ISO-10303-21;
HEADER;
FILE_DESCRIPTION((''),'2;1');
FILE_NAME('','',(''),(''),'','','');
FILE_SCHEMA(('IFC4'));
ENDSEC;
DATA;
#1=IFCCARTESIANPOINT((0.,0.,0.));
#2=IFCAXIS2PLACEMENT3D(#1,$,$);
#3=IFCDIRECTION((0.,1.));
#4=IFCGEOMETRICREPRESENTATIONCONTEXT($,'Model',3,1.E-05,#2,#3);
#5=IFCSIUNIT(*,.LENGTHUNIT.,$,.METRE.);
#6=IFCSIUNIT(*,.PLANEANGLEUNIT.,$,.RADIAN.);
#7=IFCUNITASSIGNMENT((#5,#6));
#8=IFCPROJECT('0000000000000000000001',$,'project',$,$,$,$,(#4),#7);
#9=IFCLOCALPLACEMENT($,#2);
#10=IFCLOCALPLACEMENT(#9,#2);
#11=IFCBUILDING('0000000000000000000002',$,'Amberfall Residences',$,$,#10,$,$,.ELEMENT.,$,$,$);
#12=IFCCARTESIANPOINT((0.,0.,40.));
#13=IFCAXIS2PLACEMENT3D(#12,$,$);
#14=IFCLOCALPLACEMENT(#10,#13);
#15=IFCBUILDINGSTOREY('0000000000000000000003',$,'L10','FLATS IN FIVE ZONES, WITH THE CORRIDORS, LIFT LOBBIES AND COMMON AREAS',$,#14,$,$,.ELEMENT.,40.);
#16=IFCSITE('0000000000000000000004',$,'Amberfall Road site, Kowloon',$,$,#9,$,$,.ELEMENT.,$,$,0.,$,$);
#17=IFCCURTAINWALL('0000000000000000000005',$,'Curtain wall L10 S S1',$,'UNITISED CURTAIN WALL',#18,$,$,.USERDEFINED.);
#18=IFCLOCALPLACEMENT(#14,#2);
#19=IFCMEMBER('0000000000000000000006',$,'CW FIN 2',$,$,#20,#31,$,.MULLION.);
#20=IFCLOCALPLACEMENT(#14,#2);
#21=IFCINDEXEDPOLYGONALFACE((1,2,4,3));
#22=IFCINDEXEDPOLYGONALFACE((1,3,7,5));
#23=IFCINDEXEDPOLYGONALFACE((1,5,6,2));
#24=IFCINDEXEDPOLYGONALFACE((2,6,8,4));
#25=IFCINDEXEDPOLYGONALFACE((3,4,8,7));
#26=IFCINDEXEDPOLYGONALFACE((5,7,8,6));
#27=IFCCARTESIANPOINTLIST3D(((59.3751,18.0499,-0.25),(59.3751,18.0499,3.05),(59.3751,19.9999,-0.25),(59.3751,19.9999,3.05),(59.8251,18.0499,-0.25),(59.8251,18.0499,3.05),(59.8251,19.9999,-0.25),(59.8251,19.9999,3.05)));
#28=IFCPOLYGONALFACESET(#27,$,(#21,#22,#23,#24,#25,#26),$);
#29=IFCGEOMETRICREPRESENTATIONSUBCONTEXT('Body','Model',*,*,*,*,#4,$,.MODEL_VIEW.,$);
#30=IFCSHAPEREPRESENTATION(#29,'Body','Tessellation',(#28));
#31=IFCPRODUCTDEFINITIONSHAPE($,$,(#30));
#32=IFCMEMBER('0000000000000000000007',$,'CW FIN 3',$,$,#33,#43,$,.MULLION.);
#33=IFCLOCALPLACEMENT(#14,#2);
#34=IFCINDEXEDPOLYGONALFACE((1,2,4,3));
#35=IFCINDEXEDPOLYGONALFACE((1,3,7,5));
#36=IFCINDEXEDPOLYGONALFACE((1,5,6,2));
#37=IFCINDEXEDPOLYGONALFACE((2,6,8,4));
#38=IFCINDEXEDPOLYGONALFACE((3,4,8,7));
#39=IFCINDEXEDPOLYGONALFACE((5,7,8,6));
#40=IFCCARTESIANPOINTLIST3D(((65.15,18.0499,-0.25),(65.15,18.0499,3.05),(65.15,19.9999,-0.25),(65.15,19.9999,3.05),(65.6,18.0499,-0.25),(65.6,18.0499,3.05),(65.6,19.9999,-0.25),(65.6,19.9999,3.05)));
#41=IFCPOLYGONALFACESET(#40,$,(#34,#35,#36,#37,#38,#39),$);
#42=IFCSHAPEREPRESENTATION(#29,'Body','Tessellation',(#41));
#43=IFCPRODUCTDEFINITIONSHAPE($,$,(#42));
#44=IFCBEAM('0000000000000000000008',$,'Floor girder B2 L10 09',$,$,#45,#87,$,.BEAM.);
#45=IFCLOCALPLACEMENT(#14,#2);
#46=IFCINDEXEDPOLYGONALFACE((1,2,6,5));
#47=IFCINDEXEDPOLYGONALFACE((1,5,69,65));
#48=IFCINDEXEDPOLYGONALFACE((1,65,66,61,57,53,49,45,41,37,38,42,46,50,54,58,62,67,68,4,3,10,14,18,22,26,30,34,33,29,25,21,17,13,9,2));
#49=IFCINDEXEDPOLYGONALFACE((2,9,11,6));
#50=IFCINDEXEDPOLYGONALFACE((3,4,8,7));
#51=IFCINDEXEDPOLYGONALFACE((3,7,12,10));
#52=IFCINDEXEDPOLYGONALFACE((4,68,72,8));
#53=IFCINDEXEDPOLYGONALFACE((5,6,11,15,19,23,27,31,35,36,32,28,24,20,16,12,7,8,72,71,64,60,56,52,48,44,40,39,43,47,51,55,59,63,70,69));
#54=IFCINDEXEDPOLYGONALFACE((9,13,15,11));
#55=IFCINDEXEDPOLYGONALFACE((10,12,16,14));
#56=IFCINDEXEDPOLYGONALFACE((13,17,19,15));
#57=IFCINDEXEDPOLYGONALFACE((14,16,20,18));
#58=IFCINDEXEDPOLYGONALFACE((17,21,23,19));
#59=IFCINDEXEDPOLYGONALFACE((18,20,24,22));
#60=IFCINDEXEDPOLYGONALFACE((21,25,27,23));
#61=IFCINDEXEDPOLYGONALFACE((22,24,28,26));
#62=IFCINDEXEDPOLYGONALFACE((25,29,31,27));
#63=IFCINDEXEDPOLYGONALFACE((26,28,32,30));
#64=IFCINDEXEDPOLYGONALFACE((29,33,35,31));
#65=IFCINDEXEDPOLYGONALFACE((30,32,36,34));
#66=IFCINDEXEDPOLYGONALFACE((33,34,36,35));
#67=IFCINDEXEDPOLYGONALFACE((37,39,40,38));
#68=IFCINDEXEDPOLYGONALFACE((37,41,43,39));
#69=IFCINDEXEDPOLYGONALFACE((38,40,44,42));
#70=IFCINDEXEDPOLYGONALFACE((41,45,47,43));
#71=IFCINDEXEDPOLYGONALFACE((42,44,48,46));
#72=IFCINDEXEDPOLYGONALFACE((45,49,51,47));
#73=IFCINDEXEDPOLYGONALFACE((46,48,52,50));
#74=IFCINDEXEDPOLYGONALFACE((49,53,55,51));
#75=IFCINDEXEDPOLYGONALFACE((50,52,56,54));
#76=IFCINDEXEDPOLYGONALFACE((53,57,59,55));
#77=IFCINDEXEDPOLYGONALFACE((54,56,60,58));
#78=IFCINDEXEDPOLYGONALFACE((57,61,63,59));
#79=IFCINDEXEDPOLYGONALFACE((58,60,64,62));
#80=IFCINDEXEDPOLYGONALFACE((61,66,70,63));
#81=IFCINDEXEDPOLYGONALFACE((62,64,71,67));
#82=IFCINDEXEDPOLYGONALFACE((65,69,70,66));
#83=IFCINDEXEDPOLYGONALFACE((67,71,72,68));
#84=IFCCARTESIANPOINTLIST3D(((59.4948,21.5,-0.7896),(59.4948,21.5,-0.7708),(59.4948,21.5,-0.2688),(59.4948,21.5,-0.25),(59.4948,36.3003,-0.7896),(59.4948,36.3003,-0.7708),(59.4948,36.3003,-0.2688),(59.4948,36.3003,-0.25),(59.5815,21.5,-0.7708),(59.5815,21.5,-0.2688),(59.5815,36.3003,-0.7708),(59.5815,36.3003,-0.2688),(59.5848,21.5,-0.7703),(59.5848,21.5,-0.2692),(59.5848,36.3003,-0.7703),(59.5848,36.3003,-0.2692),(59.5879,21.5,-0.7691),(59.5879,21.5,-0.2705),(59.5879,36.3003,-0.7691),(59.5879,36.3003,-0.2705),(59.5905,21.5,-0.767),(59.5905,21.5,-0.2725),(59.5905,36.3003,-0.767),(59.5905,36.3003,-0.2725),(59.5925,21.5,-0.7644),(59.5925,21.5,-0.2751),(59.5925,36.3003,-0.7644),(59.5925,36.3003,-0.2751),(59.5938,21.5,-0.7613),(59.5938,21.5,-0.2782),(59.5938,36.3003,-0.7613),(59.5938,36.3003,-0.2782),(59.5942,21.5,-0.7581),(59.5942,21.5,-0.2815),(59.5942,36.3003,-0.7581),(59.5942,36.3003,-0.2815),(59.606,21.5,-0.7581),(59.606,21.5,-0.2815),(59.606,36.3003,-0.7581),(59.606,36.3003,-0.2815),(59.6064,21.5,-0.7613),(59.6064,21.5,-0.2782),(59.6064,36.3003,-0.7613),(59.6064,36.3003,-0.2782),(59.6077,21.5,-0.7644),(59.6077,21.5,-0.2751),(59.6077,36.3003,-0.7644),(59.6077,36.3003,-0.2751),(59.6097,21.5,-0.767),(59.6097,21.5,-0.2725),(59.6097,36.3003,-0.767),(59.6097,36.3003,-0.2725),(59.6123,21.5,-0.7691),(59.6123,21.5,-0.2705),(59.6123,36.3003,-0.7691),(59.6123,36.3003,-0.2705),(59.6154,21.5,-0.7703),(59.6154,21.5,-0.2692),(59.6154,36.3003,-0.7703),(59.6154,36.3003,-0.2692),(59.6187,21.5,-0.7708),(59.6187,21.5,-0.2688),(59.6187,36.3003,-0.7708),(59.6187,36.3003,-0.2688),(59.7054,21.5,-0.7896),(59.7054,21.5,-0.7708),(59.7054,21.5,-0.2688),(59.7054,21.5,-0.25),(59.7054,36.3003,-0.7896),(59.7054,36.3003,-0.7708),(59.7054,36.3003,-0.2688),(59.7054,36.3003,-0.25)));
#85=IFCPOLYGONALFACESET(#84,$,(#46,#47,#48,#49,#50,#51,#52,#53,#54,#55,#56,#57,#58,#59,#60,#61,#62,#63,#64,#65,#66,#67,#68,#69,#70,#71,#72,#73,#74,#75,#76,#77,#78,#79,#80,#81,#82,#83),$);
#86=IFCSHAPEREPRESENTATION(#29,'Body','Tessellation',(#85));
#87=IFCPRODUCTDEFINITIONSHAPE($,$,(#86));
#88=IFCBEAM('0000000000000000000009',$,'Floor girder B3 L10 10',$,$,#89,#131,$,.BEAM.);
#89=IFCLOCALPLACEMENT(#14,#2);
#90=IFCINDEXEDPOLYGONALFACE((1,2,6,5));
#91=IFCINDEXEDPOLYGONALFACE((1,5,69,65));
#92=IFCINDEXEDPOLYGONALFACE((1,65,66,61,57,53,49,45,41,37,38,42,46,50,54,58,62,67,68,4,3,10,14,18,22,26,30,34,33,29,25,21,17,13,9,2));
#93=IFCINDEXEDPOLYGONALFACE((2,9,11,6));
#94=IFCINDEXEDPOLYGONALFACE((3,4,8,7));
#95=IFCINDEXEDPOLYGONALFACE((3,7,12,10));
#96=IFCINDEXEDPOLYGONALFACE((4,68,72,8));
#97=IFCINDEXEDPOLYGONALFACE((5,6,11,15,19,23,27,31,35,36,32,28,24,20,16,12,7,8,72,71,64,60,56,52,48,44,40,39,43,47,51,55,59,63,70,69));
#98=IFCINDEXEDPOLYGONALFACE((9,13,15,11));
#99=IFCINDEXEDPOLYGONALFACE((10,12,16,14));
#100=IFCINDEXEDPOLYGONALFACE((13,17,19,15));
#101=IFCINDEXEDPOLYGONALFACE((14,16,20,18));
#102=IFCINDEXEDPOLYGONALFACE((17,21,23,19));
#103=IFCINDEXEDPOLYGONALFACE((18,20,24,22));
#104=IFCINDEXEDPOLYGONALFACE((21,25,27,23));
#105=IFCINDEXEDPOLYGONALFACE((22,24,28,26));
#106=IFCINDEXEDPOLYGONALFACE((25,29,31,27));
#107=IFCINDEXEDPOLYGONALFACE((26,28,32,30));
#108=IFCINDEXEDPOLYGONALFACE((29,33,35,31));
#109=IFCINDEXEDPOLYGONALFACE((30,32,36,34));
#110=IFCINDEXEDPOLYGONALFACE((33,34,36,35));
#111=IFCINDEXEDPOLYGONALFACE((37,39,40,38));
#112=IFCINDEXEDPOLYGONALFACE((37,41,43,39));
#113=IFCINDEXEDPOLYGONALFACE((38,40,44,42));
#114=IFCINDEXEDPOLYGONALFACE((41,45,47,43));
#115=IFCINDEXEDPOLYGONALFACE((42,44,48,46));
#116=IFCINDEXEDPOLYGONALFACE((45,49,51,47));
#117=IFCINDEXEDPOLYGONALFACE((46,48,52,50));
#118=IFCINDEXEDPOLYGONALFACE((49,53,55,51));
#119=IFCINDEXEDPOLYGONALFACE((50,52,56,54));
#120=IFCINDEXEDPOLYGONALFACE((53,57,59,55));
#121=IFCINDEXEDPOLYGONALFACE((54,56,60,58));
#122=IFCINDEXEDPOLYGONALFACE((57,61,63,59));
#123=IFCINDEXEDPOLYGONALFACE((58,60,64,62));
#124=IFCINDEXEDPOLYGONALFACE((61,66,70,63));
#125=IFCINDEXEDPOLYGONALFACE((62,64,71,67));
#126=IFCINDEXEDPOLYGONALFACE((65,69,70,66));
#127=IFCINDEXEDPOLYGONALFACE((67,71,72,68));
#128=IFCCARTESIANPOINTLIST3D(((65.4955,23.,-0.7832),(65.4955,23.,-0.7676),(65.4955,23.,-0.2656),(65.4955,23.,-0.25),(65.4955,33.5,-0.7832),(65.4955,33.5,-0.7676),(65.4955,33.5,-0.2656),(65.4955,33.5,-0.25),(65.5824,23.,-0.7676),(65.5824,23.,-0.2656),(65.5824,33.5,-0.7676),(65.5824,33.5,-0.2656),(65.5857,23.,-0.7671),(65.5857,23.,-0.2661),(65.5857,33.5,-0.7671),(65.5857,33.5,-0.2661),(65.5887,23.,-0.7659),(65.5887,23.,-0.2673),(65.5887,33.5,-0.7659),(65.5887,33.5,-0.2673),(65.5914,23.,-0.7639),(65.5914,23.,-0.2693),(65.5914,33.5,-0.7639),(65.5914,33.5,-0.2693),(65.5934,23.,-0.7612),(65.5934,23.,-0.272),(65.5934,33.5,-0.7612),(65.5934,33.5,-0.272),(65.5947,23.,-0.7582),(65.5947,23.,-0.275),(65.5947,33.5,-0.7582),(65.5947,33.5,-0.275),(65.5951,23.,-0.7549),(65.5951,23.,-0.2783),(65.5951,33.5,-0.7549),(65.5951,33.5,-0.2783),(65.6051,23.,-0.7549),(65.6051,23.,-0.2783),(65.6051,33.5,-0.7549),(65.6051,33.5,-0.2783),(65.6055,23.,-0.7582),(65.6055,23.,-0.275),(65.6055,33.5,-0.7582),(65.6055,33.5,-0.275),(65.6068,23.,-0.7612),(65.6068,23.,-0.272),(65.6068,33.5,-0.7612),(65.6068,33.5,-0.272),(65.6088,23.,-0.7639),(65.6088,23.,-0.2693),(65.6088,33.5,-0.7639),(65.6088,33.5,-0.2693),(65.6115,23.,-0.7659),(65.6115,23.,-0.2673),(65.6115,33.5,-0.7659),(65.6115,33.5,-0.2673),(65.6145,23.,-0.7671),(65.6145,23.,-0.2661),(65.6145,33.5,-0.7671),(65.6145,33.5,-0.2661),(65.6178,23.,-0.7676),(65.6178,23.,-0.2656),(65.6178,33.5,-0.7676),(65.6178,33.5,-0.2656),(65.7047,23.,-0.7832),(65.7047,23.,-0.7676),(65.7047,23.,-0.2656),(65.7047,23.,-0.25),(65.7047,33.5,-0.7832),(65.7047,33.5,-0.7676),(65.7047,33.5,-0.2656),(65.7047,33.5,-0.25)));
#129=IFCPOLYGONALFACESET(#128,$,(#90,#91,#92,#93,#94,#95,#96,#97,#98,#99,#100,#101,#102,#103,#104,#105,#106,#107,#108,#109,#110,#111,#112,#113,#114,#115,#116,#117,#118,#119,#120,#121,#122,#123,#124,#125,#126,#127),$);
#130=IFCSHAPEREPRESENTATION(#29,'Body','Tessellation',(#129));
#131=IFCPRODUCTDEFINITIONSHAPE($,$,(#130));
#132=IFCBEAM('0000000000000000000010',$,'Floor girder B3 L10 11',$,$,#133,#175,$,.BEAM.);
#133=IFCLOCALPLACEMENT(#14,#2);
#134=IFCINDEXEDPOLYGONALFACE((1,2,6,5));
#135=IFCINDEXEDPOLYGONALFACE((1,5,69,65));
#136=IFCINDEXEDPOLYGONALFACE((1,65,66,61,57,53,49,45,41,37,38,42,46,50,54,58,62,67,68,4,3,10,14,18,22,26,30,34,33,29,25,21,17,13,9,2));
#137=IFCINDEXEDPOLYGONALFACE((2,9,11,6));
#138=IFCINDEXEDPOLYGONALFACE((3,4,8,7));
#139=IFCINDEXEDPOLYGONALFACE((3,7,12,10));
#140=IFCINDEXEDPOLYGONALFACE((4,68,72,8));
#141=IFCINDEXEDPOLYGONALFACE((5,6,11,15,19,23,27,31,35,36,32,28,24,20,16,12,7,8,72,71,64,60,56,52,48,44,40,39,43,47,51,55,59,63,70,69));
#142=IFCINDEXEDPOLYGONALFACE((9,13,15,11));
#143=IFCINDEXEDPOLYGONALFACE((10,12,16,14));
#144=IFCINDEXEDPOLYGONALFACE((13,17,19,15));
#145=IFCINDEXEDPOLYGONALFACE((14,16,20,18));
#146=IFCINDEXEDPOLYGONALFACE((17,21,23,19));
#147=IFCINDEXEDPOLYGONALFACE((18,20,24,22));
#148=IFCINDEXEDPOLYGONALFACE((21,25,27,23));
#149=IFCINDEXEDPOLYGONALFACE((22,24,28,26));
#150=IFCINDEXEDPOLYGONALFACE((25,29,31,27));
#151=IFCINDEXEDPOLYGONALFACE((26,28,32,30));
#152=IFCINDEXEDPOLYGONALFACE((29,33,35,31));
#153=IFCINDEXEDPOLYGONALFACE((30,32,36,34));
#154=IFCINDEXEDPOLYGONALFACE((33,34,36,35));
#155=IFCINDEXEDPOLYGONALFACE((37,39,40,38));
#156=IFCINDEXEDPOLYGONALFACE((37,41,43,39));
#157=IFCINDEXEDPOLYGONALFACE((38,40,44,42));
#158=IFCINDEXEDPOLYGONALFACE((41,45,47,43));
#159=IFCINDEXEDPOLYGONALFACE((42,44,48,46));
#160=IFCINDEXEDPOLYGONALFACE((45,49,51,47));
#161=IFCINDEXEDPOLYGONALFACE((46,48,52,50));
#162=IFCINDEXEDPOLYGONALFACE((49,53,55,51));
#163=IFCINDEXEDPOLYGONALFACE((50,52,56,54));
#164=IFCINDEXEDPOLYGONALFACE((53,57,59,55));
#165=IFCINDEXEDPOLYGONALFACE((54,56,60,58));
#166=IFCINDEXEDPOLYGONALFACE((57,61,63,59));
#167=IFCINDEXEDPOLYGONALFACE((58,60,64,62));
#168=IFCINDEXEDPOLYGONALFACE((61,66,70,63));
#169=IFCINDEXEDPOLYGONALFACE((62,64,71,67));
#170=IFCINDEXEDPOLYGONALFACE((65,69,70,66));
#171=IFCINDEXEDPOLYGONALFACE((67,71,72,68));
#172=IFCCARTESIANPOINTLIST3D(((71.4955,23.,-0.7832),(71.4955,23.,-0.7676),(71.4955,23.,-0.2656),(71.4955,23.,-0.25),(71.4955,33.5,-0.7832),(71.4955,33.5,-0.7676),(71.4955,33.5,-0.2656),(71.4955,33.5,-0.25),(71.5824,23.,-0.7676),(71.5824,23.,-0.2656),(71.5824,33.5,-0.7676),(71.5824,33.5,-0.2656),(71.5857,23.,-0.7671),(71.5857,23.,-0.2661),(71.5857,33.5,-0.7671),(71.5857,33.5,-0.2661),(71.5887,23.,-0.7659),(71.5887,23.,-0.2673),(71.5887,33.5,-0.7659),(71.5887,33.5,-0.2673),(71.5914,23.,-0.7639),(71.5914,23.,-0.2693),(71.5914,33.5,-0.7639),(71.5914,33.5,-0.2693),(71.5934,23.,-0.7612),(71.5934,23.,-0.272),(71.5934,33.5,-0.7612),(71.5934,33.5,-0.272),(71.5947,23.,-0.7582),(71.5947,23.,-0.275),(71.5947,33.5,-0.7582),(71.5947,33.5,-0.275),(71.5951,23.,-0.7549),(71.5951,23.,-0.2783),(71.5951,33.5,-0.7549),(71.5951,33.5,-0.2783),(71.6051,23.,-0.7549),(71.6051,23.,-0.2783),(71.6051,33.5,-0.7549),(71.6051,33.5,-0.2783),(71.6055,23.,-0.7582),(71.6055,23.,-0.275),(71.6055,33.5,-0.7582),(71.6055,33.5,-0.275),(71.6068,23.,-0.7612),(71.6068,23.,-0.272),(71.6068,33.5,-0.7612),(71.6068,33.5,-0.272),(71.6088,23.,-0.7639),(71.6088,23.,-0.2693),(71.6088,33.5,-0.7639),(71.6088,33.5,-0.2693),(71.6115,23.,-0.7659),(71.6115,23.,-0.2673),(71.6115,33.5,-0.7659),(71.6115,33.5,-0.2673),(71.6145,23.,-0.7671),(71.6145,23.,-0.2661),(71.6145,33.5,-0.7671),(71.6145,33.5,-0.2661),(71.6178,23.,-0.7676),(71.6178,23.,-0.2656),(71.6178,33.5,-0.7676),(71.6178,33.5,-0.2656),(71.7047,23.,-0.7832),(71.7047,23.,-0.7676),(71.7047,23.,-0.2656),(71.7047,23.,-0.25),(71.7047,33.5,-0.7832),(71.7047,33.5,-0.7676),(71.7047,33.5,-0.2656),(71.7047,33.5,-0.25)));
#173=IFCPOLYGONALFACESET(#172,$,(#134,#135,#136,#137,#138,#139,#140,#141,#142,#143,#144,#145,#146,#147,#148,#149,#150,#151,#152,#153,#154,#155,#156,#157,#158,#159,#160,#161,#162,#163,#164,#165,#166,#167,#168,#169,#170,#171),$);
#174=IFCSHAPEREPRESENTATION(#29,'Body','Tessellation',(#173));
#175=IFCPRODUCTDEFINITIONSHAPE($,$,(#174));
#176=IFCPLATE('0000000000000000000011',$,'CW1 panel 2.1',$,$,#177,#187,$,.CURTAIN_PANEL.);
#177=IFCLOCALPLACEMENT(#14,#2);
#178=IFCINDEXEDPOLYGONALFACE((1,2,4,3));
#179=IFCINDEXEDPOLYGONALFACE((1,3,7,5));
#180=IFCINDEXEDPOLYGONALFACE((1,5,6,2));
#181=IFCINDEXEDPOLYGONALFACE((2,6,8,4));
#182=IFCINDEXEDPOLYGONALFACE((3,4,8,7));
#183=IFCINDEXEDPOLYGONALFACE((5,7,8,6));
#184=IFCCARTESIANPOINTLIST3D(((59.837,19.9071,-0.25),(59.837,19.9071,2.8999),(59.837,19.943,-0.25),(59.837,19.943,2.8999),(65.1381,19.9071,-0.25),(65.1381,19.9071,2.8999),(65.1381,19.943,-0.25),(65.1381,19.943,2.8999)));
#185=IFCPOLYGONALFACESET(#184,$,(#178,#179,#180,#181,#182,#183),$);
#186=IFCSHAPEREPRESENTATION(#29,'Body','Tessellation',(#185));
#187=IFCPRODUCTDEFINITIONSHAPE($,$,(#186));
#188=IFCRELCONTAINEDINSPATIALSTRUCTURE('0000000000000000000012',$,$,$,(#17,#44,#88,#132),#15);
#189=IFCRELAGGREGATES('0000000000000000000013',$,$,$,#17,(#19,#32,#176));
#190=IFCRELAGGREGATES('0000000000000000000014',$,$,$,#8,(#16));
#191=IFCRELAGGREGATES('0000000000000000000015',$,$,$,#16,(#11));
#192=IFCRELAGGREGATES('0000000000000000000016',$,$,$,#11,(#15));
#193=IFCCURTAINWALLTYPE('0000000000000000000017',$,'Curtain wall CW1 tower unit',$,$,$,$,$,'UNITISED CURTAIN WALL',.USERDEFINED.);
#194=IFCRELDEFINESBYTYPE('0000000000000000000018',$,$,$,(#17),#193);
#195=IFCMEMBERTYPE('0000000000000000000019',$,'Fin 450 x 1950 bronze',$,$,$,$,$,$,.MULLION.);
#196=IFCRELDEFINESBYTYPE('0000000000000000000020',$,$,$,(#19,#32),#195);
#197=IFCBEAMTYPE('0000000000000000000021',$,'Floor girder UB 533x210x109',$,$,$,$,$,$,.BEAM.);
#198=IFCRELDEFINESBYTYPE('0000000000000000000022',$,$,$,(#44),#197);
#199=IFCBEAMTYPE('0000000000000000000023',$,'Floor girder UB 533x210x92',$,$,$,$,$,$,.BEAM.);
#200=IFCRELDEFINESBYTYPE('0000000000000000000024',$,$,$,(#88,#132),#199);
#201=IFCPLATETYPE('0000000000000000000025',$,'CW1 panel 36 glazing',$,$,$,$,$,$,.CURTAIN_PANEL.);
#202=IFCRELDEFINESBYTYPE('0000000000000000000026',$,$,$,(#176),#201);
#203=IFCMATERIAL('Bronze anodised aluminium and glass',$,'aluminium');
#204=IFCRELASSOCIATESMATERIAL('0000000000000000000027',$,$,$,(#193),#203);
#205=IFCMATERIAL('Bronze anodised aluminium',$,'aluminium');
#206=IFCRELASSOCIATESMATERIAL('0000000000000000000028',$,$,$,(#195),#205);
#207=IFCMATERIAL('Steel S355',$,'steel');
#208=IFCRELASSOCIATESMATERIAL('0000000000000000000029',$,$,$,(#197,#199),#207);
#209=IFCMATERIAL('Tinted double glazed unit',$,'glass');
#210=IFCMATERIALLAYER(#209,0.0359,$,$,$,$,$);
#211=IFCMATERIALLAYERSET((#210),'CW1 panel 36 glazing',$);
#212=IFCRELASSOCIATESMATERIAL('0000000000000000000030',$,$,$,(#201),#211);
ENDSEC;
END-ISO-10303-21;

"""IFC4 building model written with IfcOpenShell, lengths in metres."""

from ifc_helpers import new_model, si_unit, direction, frame, origin, origin_2d, place, context, subcontext, project, spatial, rectangle, i_section, extrude, material, layer, layer_set, material_profile, profile_set, type_object, element, aggregate, save


model = new_model("IFC4")

# Units and contexts
model_context = context("Model", 3, precision=1e-05, world=origin(), true_north=direction((0.0, 1.0)))
body_context = subcontext(model_context, "Body", "Model", "MODEL_VIEW")
ifc_project = project(units=[si_unit("LENGTHUNIT", "METRE"), si_unit("PLANEANGLEUNIT", "RADIAN")], contexts=[model_context])

# Site, building, storey
site_placement = place(None, origin())
site = spatial("IfcSite", under=ifc_project, at=site_placement, Name="Amberfall Road site, Kowloon", CompositionType="ELEMENT", RefElevation=0.0)
building_placement = place(site_placement, origin())
building = spatial("IfcBuilding", under=site, at=building_placement, Name="Amberfall Residences", CompositionType="ELEMENT")
storey_placement = place(building_placement, frame((0.0, 0.0, 40.0)))
storey = spatial("IfcBuildingStorey", under=building, at=storey_placement, Name="L10", Description="FLATS IN FIVE ZONES, WITH THE CORRIDORS, LIFT LOBBIES AND COMMON AREAS", CompositionType="ELEMENT", Elevation=40.0)

# Curtain wall
ifc_material_1 = material(Name="Bronze anodised aluminium and glass", Category="aluminium")
curtain_wall_type = type_object("IfcCurtainWallType", Name="Curtain wall CW1 tower unit", ElementType="UNITISED CURTAIN WALL", PredefinedType="USERDEFINED", material=ifc_material_1)
curtain_wall_placement = place(storey_placement, origin())
curtain_wall = element("IfcCurtainWall", 1, at=curtain_wall_placement, inside=storey, type_object=curtain_wall_type, Name="Curtain wall L10 S S1", ObjectType="UNITISED CURTAIN WALL", PredefinedType="USERDEFINED")
ifc_material_2 = material(Name="Bronze anodised aluminium", Category="aluminium")

# Shared definitions
ifc_material_3 = material(Name="Steel S355", Category="steel")

# Members
ifc_material_profile_1 = material_profile(ifc_material_2, rectangle(XDim=1.95, YDim=0.45, at=origin_2d()), Name="Fin 450 x 1950 bronze")
ifc_profile_set_1 = profile_set([ifc_material_profile_1], Name="Bronze anodised aluminium")
member_type_1 = type_object("IfcMemberType", Name="Fin 450 x 1950 bronze", PredefinedType="MULLION", material=ifc_profile_set_1)
member_1_placement = place(storey_placement, frame((59.6001, 19.0249, -0.25), z_axis=(0.0, 0.0, 1.0), x_axis=(0.0, 1.0, 0.0)))
member_1 = element("IfcMember", 2, at=member_1_placement, type_object=member_type_1, Name="CW FIN 2", PredefinedType="MULLION", context=body_context, shape_type="SweptSolid", body=[
    extrude(rectangle(XDim=1.95, YDim=0.45, at=origin_2d()), origin(), (0.0, 0.0, 1.0), 3.3),
])
member_2_placement = place(storey_placement, frame((65.375, 19.0249, -0.25), z_axis=(0.0, 0.0, 1.0), x_axis=(0.0, 1.0, 0.0)))
member_2 = element("IfcMember", 3, at=member_2_placement, type_object=member_type_1, Name="CW FIN 3", PredefinedType="MULLION", context=body_context, shape_type="SweptSolid", body=[
    extrude(rectangle(XDim=1.95, YDim=0.45, at=origin_2d()), origin(), (0.0, 0.0, 1.0), 3.3),
])

# Beams
ifc_material_profile_2 = material_profile(ifc_material_3, i_section(OverallWidth=0.2107, OverallDepth=0.5396, WebThickness=0.0117, FlangeThickness=0.0188, FilletRadius=0.0127, at=origin_2d()), Name="UB 533x210x109")
ifc_profile_set_2 = profile_set([ifc_material_profile_2], Name="Steel S355")
beam_type_1 = type_object("IfcBeamType", Name="Floor girder UB 533x210x109", PredefinedType="BEAM", material=ifc_profile_set_2)
beam_1_placement = place(storey_placement, frame((59.6001, 21.5, -0.5198), z_axis=(0.0, 1.0, 0.0), x_axis=(-1.0, 0.0, 0.0)))
element("IfcBeam", 4, at=beam_1_placement, inside=storey, type_object=beam_type_1, Name="Floor girder B2 L10 09", PredefinedType="BEAM", context=body_context, shape_type="SweptSolid", body=[
    extrude(i_section(OverallWidth=0.2107, OverallDepth=0.5396, WebThickness=0.0117, FlangeThickness=0.0188, FilletRadius=0.0127, at=origin_2d()), origin(), (0.0, 0.0, 1.0), 14.8003),
])
ifc_material_profile_3 = material_profile(ifc_material_3, i_section(OverallWidth=0.2092, OverallDepth=0.5332, WebThickness=0.01, FlangeThickness=0.0156, FilletRadius=0.0127, at=origin_2d()), Name="UB 533x210x92")
ifc_profile_set_3 = profile_set([ifc_material_profile_3], Name="Steel S355")
beam_type_2 = type_object("IfcBeamType", Name="Floor girder UB 533x210x92", PredefinedType="BEAM", material=ifc_profile_set_3)
for number, where, z_axis, x_axis, name in (
    (5, (65.6001, 23.0, -0.5166), (0.0, 1.0, 0.0), (-1.0, 0.0, 0.0), "Floor girder B3 L10 10"),
    (6, (71.6001, 23.0, -0.5166), (0.0, 1.0, 0.0), (-1.0, 0.0, 0.0), "Floor girder B3 L10 11"),
):
    element("IfcBeam", number, at=place(storey_placement, frame(where, z_axis=z_axis, x_axis=x_axis)), inside=storey, type_object=beam_type_2, Name=name, PredefinedType="BEAM", context=body_context, shape_type="SweptSolid", body=[
        extrude(i_section(OverallWidth=0.2092, OverallDepth=0.5332, WebThickness=0.01, FlangeThickness=0.0156, FilletRadius=0.0127, at=origin_2d()), origin(), (0.0, 0.0, 1.0), 10.5),
    ])

# Plate
ifc_material_4 = material(Name="Tinted double glazed unit", Category="glass")
ifc_layer_1 = layer(ifc_material_4, 0.0359)
ifc_layer_set_1 = layer_set([ifc_layer_1], Name="CW1 panel 36 glazing")
plate_type = type_object("IfcPlateType", Name="CW1 panel 36 glazing", PredefinedType="CURTAIN_PANEL", material=ifc_layer_set_1)
plate_placement = place(storey_placement, frame((62.4875, 19.925, -0.25), z_axis=(0.0, 0.0, 1.0), x_axis=(1.0, 0.0, 0.0)))
plate = element("IfcPlate", 7, at=plate_placement, type_object=plate_type, Name="CW1 panel 2.1", PredefinedType="CURTAIN_PANEL", context=body_context, shape_type="SweptSolid", body=[
    extrude(rectangle(XDim=5.301, YDim=0.0359, at=origin_2d()), origin(), (0.0, 0.0, 1.0), 3.1499),
])
aggregate(curtain_wall, [member_1, member_2, plate])

save(model, "model.ifc")
